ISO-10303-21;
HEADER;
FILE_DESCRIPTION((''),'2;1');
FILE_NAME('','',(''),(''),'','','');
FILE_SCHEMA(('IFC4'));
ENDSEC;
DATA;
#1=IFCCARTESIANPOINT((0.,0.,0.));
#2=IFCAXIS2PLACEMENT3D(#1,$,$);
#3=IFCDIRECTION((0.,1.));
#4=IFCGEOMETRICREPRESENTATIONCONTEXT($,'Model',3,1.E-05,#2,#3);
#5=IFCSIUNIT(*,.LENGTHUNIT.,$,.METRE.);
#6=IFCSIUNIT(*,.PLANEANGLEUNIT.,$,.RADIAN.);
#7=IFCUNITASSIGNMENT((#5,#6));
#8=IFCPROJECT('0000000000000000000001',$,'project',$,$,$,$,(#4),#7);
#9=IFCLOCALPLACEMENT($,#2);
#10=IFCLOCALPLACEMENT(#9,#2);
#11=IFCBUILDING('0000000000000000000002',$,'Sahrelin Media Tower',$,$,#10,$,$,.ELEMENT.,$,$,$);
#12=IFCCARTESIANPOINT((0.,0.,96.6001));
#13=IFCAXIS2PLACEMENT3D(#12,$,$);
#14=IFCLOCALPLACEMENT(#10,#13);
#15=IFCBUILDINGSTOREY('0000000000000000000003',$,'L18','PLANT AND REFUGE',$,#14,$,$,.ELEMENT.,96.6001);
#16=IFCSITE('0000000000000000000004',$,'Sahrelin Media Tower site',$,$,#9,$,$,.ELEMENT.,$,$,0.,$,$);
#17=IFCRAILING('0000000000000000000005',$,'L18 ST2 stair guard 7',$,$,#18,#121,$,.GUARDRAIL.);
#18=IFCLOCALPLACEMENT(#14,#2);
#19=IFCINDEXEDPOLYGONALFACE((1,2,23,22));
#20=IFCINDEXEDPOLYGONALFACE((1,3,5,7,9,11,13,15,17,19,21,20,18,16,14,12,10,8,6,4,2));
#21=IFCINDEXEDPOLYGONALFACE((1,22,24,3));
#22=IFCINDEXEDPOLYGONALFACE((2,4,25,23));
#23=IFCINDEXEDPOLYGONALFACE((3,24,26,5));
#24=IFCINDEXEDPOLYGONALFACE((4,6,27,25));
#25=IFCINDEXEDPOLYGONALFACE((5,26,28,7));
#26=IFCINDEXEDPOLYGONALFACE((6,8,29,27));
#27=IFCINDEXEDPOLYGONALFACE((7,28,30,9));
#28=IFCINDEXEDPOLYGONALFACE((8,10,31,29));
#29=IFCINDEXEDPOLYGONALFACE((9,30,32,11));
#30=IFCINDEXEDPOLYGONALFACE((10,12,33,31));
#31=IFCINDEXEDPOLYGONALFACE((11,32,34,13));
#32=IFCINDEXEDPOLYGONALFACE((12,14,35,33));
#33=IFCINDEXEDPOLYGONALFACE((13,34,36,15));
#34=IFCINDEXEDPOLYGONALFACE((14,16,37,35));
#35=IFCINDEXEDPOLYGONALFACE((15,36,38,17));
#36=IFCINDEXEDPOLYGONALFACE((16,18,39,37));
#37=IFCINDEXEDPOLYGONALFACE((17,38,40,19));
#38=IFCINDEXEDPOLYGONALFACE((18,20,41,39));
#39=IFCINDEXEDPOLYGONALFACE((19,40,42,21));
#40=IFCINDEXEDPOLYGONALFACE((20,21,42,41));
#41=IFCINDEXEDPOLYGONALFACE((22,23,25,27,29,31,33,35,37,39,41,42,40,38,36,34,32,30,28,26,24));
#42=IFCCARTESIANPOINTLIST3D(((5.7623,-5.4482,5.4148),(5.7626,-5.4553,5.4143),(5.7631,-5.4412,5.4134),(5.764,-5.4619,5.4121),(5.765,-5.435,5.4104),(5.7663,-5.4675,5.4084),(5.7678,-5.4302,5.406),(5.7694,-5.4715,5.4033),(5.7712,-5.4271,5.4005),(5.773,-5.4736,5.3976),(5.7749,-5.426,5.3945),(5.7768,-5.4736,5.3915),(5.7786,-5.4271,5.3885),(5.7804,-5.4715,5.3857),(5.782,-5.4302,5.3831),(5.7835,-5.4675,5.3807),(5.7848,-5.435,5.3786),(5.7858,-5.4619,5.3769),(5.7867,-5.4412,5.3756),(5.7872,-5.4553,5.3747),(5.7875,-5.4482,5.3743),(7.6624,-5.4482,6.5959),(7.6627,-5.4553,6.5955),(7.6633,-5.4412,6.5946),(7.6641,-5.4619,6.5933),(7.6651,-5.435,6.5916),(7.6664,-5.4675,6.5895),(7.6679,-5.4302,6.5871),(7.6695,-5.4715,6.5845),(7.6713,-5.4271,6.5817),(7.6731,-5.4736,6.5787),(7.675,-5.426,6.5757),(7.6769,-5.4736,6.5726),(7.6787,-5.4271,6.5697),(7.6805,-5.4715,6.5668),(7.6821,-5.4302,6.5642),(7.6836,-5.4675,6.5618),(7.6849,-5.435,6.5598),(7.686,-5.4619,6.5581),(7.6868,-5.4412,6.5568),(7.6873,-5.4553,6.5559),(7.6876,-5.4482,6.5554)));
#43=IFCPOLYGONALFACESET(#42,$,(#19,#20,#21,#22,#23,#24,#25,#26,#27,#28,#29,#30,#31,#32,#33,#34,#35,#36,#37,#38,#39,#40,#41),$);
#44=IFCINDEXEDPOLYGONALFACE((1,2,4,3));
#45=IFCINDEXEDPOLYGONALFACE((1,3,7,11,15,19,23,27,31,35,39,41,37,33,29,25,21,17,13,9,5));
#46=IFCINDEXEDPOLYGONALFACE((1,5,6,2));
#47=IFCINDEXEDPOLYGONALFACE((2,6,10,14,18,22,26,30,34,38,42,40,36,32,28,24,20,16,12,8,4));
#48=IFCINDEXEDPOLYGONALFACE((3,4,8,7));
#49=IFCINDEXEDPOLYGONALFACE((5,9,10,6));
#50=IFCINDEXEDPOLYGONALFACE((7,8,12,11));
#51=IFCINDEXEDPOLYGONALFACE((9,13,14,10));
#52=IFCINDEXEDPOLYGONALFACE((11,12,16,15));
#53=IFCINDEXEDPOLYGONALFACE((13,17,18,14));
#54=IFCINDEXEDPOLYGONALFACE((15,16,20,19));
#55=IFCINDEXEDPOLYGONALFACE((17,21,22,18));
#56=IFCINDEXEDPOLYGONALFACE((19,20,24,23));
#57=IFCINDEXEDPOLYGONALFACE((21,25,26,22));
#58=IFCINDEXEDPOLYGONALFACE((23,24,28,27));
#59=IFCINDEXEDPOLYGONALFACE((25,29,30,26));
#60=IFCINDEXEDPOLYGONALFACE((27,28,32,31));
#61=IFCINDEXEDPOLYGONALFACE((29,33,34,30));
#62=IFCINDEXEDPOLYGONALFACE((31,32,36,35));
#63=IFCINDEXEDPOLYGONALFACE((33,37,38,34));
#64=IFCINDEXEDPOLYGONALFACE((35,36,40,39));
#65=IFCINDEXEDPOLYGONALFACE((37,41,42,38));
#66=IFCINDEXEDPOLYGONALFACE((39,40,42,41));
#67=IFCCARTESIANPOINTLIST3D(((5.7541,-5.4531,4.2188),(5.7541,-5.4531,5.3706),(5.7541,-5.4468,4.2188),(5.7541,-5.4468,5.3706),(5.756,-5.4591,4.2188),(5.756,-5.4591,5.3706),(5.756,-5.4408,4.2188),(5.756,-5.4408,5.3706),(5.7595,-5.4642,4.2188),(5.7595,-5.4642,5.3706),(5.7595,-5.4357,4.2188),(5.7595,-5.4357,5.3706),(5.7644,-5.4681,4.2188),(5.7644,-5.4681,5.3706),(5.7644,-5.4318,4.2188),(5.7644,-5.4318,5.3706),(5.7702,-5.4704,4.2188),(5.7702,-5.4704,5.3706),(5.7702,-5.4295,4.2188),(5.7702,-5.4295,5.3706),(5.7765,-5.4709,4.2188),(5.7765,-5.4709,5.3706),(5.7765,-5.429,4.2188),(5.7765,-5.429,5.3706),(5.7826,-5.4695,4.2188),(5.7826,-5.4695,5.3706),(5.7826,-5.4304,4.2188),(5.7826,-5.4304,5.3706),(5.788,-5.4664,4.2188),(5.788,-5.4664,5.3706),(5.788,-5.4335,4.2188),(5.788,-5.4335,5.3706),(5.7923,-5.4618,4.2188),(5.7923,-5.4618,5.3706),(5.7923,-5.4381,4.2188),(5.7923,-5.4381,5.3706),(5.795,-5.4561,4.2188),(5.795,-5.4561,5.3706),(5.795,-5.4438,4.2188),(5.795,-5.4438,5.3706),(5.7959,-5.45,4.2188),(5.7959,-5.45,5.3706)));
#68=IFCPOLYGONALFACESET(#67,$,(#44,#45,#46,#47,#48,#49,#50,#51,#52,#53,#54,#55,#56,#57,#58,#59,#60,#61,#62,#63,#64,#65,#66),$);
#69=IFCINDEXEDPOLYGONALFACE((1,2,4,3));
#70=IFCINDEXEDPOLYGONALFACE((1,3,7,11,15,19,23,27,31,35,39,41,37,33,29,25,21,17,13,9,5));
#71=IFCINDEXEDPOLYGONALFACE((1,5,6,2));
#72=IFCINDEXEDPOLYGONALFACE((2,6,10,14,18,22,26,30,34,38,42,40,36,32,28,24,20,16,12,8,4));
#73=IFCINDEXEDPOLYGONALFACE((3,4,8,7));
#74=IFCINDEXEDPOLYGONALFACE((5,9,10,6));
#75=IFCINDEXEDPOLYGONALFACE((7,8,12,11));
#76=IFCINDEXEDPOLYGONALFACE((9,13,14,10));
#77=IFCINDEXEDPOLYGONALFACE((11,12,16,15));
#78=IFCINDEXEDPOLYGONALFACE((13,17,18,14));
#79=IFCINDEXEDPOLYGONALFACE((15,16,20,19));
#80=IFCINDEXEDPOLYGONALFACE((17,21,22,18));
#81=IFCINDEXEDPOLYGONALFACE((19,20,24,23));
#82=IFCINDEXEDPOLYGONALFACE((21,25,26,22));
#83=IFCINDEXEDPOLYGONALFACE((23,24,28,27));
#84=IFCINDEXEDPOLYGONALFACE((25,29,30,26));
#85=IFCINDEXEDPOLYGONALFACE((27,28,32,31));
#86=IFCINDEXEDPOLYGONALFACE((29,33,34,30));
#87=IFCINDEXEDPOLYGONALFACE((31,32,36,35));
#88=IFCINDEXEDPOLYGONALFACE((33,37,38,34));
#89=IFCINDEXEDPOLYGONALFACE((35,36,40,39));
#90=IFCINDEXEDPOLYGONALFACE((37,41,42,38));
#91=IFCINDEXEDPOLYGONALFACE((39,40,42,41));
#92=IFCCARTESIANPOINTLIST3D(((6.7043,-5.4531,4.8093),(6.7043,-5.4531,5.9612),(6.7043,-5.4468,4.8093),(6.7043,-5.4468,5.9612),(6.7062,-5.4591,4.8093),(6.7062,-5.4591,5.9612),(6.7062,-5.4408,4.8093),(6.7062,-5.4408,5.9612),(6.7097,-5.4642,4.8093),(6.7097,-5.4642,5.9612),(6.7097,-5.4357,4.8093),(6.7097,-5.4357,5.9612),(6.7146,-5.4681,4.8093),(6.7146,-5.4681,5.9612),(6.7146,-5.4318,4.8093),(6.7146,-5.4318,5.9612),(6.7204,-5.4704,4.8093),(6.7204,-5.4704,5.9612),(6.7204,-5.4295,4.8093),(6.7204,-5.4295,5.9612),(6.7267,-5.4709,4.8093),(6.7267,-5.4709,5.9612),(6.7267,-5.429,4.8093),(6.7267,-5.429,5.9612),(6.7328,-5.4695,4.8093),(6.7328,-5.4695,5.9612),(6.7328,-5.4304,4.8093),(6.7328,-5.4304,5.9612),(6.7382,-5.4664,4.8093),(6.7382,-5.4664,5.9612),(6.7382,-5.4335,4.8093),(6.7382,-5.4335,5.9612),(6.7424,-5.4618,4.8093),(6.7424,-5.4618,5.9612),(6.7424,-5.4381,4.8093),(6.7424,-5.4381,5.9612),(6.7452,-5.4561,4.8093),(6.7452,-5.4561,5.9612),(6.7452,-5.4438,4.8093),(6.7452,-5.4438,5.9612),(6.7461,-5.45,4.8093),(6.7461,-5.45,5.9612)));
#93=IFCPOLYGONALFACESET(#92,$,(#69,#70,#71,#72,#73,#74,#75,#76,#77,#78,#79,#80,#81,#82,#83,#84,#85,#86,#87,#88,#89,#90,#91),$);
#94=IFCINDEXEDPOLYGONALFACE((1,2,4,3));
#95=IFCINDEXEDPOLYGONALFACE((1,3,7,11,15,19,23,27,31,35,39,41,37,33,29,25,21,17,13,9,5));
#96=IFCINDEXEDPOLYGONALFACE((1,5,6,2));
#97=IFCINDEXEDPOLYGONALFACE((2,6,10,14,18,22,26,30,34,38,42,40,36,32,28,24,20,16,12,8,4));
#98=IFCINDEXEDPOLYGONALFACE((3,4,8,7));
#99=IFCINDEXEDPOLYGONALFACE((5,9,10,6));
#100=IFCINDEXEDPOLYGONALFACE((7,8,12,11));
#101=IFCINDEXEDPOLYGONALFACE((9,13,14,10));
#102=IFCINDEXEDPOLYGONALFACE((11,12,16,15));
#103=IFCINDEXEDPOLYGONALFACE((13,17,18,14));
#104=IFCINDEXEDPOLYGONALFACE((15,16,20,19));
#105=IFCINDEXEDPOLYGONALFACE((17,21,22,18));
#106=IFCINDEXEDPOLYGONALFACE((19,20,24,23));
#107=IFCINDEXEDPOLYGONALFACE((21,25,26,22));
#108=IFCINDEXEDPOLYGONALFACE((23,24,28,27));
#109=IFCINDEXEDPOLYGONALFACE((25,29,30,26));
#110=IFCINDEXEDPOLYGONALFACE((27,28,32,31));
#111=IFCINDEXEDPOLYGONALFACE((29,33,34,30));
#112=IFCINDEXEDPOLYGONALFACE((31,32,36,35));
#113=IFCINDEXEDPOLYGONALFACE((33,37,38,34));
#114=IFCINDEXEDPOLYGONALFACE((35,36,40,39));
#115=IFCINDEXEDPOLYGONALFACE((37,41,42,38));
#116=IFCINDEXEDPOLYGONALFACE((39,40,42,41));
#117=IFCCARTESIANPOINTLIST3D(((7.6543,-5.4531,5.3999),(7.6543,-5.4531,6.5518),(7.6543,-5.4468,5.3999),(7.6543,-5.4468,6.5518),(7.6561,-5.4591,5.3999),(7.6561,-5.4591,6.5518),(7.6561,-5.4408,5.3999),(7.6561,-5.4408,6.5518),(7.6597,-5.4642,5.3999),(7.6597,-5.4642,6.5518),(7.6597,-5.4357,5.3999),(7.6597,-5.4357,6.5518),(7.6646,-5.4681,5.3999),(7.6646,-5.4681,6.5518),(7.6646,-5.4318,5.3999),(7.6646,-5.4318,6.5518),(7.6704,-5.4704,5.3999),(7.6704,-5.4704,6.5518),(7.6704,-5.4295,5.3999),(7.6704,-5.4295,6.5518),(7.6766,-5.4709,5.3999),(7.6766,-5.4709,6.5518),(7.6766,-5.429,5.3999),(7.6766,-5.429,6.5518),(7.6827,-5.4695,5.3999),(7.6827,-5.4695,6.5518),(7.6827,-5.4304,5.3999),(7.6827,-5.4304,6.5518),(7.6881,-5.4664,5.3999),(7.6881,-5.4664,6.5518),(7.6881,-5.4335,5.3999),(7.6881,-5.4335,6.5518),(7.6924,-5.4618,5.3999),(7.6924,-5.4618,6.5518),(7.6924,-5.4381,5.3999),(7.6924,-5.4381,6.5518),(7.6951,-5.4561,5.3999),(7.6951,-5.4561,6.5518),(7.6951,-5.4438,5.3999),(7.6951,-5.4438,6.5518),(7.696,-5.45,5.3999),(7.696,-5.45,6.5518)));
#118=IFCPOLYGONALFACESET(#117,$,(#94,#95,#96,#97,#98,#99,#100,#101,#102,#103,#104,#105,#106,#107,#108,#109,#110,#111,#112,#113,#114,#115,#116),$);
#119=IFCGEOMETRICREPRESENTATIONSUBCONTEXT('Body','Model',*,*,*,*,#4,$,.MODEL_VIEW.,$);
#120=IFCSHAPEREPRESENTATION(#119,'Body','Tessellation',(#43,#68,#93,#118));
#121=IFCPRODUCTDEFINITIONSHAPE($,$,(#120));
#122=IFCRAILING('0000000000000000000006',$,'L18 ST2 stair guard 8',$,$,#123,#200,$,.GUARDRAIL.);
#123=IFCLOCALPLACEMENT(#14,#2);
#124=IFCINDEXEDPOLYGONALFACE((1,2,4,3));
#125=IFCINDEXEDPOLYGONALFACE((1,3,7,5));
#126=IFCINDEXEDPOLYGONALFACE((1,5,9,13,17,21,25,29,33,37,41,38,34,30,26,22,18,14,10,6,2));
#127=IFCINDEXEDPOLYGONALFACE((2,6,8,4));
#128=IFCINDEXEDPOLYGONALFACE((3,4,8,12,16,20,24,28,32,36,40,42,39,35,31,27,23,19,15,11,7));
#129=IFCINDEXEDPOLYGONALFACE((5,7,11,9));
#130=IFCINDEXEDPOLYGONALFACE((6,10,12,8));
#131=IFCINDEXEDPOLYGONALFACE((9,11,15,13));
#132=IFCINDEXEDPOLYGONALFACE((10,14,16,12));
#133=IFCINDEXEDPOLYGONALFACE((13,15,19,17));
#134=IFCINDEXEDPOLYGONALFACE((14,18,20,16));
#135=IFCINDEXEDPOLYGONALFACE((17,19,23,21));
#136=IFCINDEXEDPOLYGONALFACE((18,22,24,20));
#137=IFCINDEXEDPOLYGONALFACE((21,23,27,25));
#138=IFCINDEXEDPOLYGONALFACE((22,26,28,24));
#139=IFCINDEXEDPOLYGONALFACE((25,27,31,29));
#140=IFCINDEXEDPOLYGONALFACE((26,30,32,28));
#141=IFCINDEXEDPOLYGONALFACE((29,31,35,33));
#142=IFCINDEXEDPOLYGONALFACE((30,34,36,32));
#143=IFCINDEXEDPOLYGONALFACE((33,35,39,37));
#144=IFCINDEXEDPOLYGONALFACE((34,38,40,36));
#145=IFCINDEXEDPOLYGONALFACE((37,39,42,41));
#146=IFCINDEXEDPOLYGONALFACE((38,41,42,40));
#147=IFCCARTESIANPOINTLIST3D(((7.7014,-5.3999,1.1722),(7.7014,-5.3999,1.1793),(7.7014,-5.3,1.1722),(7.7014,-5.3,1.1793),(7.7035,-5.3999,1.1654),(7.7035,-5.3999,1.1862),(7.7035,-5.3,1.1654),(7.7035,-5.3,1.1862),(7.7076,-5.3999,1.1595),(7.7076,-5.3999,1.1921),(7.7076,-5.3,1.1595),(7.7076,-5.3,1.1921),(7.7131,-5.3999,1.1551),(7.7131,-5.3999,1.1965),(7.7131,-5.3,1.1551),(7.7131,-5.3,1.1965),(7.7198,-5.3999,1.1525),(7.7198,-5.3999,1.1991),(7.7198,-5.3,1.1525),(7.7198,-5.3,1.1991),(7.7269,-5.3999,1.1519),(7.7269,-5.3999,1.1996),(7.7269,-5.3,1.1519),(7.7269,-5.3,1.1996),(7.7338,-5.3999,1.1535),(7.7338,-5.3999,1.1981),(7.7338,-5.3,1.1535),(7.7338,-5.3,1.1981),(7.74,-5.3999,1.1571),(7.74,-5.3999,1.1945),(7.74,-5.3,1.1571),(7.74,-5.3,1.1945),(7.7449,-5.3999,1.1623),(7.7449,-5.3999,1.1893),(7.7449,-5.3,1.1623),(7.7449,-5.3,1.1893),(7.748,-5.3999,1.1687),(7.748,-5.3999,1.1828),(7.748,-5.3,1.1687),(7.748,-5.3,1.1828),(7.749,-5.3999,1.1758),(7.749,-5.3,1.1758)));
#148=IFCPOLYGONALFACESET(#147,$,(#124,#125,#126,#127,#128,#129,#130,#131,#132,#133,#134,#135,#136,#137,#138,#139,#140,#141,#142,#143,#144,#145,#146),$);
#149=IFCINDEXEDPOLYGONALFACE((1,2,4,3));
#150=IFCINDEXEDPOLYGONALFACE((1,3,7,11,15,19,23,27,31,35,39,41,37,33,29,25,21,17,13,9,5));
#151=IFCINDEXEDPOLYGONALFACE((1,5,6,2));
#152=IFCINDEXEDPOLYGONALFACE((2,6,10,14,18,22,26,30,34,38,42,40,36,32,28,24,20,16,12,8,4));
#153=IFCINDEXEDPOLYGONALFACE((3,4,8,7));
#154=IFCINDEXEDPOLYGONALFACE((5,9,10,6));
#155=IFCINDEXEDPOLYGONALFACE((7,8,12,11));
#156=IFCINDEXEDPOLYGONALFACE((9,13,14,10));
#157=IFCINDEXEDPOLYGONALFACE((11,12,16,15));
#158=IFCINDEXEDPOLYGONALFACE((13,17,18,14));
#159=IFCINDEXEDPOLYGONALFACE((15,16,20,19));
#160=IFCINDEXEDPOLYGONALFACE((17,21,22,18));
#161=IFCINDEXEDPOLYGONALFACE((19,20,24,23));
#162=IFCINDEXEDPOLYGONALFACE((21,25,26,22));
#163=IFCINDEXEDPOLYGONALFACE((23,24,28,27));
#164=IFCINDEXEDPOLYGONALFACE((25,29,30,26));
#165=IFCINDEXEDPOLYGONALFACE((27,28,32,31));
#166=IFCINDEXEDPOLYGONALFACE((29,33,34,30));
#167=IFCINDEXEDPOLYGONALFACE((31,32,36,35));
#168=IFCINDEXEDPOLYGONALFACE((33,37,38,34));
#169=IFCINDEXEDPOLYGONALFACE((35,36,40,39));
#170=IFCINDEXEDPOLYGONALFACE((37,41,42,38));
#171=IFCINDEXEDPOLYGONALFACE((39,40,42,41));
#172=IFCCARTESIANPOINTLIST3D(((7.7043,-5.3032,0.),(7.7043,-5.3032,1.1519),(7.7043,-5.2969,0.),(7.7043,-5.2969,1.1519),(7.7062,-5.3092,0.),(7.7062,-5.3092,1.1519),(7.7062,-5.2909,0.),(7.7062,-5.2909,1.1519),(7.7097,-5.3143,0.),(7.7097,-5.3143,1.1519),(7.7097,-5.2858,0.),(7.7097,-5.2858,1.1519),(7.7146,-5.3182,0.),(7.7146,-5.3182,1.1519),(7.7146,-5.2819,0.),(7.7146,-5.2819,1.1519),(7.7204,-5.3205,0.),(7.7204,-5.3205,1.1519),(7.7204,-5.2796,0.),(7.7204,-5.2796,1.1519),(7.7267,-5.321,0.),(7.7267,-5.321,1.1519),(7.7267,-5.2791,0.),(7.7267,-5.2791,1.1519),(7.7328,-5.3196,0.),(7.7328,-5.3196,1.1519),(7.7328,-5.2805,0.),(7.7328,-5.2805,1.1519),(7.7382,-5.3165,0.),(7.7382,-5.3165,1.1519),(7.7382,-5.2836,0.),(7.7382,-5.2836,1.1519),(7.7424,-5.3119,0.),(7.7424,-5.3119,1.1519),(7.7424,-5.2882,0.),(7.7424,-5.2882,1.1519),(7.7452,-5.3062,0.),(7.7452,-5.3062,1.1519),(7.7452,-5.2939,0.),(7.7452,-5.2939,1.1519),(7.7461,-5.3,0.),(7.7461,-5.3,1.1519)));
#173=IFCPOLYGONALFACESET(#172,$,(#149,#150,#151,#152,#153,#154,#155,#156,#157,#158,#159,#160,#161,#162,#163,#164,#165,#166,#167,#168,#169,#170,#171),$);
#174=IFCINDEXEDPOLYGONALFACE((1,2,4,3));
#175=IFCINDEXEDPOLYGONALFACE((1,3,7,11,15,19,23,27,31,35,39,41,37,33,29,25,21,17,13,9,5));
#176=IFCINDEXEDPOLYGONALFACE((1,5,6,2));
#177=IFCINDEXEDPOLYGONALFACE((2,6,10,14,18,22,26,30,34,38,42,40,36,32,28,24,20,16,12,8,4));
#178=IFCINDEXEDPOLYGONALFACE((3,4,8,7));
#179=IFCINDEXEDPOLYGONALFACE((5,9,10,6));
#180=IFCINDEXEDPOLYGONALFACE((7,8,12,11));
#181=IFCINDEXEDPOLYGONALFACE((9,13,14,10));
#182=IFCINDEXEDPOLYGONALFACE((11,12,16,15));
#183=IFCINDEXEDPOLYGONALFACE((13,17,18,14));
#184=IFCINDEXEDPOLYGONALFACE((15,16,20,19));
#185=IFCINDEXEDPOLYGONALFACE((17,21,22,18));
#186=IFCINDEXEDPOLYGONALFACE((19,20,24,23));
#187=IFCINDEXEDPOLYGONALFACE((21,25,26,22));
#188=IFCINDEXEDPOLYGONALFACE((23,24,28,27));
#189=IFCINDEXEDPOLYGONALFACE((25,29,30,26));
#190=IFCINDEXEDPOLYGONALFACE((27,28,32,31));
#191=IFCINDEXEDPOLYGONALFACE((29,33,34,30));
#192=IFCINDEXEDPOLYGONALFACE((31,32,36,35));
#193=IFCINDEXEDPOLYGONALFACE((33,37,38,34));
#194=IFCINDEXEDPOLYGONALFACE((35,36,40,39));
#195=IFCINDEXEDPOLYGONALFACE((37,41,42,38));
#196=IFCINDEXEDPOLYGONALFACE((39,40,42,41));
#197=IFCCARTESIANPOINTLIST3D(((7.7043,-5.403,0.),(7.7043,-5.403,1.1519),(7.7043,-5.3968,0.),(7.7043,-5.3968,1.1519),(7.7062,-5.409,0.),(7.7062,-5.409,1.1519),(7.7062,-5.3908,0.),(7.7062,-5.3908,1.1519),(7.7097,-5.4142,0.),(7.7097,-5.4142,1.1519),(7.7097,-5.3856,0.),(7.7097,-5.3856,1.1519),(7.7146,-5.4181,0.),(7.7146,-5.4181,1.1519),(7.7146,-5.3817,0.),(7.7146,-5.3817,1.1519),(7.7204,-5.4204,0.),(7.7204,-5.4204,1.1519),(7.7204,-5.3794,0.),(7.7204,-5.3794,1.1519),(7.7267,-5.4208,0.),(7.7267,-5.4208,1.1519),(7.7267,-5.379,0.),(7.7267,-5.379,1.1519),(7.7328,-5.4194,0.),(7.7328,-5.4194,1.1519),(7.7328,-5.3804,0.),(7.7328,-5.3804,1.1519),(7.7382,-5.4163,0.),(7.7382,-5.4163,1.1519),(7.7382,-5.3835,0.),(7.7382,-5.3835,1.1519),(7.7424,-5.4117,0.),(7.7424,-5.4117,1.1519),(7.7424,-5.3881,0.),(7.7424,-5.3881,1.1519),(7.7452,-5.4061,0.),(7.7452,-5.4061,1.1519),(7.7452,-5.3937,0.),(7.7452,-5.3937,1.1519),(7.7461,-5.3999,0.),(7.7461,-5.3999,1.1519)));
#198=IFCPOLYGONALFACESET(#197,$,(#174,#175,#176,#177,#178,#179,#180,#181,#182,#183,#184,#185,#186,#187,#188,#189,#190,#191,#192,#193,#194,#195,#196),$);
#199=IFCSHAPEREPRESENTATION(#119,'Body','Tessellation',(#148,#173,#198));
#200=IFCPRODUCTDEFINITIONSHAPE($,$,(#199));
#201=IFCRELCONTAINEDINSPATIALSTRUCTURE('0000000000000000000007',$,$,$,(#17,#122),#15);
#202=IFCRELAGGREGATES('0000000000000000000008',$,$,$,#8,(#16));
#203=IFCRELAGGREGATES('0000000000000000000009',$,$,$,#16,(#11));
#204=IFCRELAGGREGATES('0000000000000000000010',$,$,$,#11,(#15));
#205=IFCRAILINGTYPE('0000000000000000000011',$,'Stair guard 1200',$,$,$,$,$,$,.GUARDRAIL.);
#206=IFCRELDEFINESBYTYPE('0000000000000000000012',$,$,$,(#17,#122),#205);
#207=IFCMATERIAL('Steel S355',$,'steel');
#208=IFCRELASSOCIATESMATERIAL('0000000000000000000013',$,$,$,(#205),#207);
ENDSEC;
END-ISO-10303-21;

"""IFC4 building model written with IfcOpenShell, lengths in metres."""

from ifc_helpers import new_model, si_unit, direction, frame, origin, origin_2d, place, context, subcontext, project, spatial, circle, extrude, material, type_object, element, save


model = new_model("IFC4")

# Units and contexts
model_context = context("Model", 3, precision=1e-05, world=origin(), true_north=direction((0.0, 1.0)))
body_context = subcontext(model_context, "Body", "Model", "MODEL_VIEW")
ifc_project = project(units=[si_unit("LENGTHUNIT", "METRE"), si_unit("PLANEANGLEUNIT", "RADIAN")], contexts=[model_context])

# Site, building, storey
site_placement = place(None, origin())
site = spatial("IfcSite", under=ifc_project, at=site_placement, Name="Sahrelin Media Tower site", CompositionType="ELEMENT", RefElevation=0.0)
building_placement = place(site_placement, origin())
building = spatial("IfcBuilding", under=site, at=building_placement, Name="Sahrelin Media Tower", CompositionType="ELEMENT")
storey_placement = place(building_placement, frame((0.0, 0.0, 96.6001)))
storey = spatial("IfcBuildingStorey", under=building, at=storey_placement, Name="L18", Description="PLANT AND REFUGE", CompositionType="ELEMENT", Elevation=96.6001)

# Shared definitions
ifc_material_1 = material(Name="Steel S355", Category="steel")

# Railings
railing_type_1 = type_object("IfcRailingType", Name="Stair guard 1200", PredefinedType="GUARDRAIL", material=ifc_material_1)
railing_1_placement = place(storey_placement, frame((5.7749, -5.45, 4.2188)))
element("IfcRailing", 1, at=railing_1_placement, inside=storey, type_object=railing_type_1, Name="L18 ST2 stair guard 7", PredefinedType="GUARDRAIL", context=body_context, shape_type="SweptSolid", body=[
    extrude(circle(Radius=0.0239, at=origin_2d()), frame((0.0, 0.0, 1.1758), z_axis=(0.849289, 0.0, 0.527928), x_axis=(0.0, 1.0, 0.0)), (0.0, 0.0, 1.0), 2.2373),
    extrude(circle(Radius=0.021, at=origin_2d()), origin(), (0.0, 0.0, 1.0), 1.1519),
    extrude(circle(Radius=0.021, at=origin_2d()), frame((0.9502, 0.0, 0.5906)), (0.0, 0.0, 1.0), 1.1519),
    extrude(circle(Radius=0.021, at=origin_2d()), frame((1.9001, 0.0, 1.1812)), (0.0, 0.0, 1.0), 1.1519),
])
railing_2_placement = place(storey_placement, frame((7.7251, -5.3, 0.0)))
element("IfcRailing", 2, at=railing_2_placement, inside=storey, type_object=railing_type_1, Name="L18 ST2 stair guard 8", PredefinedType="GUARDRAIL", context=body_context, shape_type="SweptSolid", body=[
    extrude(circle(Radius=0.0239, at=origin_2d()), frame((0.0, 0.0, 1.1758), z_axis=(0.0, -1.0, 0.0), x_axis=(1.0, 0.0, 0.0)), (0.0, 0.0, 1.0), 0.0999),
    extrude(circle(Radius=0.021, at=origin_2d()), origin(), (0.0, 0.0, 1.0), 1.1519),
    extrude(circle(Radius=0.021, at=origin_2d()), frame((0.0, -0.0999, 0.0)), (0.0, 0.0, 1.0), 1.1519),
])

save(model, "model.ifc")
